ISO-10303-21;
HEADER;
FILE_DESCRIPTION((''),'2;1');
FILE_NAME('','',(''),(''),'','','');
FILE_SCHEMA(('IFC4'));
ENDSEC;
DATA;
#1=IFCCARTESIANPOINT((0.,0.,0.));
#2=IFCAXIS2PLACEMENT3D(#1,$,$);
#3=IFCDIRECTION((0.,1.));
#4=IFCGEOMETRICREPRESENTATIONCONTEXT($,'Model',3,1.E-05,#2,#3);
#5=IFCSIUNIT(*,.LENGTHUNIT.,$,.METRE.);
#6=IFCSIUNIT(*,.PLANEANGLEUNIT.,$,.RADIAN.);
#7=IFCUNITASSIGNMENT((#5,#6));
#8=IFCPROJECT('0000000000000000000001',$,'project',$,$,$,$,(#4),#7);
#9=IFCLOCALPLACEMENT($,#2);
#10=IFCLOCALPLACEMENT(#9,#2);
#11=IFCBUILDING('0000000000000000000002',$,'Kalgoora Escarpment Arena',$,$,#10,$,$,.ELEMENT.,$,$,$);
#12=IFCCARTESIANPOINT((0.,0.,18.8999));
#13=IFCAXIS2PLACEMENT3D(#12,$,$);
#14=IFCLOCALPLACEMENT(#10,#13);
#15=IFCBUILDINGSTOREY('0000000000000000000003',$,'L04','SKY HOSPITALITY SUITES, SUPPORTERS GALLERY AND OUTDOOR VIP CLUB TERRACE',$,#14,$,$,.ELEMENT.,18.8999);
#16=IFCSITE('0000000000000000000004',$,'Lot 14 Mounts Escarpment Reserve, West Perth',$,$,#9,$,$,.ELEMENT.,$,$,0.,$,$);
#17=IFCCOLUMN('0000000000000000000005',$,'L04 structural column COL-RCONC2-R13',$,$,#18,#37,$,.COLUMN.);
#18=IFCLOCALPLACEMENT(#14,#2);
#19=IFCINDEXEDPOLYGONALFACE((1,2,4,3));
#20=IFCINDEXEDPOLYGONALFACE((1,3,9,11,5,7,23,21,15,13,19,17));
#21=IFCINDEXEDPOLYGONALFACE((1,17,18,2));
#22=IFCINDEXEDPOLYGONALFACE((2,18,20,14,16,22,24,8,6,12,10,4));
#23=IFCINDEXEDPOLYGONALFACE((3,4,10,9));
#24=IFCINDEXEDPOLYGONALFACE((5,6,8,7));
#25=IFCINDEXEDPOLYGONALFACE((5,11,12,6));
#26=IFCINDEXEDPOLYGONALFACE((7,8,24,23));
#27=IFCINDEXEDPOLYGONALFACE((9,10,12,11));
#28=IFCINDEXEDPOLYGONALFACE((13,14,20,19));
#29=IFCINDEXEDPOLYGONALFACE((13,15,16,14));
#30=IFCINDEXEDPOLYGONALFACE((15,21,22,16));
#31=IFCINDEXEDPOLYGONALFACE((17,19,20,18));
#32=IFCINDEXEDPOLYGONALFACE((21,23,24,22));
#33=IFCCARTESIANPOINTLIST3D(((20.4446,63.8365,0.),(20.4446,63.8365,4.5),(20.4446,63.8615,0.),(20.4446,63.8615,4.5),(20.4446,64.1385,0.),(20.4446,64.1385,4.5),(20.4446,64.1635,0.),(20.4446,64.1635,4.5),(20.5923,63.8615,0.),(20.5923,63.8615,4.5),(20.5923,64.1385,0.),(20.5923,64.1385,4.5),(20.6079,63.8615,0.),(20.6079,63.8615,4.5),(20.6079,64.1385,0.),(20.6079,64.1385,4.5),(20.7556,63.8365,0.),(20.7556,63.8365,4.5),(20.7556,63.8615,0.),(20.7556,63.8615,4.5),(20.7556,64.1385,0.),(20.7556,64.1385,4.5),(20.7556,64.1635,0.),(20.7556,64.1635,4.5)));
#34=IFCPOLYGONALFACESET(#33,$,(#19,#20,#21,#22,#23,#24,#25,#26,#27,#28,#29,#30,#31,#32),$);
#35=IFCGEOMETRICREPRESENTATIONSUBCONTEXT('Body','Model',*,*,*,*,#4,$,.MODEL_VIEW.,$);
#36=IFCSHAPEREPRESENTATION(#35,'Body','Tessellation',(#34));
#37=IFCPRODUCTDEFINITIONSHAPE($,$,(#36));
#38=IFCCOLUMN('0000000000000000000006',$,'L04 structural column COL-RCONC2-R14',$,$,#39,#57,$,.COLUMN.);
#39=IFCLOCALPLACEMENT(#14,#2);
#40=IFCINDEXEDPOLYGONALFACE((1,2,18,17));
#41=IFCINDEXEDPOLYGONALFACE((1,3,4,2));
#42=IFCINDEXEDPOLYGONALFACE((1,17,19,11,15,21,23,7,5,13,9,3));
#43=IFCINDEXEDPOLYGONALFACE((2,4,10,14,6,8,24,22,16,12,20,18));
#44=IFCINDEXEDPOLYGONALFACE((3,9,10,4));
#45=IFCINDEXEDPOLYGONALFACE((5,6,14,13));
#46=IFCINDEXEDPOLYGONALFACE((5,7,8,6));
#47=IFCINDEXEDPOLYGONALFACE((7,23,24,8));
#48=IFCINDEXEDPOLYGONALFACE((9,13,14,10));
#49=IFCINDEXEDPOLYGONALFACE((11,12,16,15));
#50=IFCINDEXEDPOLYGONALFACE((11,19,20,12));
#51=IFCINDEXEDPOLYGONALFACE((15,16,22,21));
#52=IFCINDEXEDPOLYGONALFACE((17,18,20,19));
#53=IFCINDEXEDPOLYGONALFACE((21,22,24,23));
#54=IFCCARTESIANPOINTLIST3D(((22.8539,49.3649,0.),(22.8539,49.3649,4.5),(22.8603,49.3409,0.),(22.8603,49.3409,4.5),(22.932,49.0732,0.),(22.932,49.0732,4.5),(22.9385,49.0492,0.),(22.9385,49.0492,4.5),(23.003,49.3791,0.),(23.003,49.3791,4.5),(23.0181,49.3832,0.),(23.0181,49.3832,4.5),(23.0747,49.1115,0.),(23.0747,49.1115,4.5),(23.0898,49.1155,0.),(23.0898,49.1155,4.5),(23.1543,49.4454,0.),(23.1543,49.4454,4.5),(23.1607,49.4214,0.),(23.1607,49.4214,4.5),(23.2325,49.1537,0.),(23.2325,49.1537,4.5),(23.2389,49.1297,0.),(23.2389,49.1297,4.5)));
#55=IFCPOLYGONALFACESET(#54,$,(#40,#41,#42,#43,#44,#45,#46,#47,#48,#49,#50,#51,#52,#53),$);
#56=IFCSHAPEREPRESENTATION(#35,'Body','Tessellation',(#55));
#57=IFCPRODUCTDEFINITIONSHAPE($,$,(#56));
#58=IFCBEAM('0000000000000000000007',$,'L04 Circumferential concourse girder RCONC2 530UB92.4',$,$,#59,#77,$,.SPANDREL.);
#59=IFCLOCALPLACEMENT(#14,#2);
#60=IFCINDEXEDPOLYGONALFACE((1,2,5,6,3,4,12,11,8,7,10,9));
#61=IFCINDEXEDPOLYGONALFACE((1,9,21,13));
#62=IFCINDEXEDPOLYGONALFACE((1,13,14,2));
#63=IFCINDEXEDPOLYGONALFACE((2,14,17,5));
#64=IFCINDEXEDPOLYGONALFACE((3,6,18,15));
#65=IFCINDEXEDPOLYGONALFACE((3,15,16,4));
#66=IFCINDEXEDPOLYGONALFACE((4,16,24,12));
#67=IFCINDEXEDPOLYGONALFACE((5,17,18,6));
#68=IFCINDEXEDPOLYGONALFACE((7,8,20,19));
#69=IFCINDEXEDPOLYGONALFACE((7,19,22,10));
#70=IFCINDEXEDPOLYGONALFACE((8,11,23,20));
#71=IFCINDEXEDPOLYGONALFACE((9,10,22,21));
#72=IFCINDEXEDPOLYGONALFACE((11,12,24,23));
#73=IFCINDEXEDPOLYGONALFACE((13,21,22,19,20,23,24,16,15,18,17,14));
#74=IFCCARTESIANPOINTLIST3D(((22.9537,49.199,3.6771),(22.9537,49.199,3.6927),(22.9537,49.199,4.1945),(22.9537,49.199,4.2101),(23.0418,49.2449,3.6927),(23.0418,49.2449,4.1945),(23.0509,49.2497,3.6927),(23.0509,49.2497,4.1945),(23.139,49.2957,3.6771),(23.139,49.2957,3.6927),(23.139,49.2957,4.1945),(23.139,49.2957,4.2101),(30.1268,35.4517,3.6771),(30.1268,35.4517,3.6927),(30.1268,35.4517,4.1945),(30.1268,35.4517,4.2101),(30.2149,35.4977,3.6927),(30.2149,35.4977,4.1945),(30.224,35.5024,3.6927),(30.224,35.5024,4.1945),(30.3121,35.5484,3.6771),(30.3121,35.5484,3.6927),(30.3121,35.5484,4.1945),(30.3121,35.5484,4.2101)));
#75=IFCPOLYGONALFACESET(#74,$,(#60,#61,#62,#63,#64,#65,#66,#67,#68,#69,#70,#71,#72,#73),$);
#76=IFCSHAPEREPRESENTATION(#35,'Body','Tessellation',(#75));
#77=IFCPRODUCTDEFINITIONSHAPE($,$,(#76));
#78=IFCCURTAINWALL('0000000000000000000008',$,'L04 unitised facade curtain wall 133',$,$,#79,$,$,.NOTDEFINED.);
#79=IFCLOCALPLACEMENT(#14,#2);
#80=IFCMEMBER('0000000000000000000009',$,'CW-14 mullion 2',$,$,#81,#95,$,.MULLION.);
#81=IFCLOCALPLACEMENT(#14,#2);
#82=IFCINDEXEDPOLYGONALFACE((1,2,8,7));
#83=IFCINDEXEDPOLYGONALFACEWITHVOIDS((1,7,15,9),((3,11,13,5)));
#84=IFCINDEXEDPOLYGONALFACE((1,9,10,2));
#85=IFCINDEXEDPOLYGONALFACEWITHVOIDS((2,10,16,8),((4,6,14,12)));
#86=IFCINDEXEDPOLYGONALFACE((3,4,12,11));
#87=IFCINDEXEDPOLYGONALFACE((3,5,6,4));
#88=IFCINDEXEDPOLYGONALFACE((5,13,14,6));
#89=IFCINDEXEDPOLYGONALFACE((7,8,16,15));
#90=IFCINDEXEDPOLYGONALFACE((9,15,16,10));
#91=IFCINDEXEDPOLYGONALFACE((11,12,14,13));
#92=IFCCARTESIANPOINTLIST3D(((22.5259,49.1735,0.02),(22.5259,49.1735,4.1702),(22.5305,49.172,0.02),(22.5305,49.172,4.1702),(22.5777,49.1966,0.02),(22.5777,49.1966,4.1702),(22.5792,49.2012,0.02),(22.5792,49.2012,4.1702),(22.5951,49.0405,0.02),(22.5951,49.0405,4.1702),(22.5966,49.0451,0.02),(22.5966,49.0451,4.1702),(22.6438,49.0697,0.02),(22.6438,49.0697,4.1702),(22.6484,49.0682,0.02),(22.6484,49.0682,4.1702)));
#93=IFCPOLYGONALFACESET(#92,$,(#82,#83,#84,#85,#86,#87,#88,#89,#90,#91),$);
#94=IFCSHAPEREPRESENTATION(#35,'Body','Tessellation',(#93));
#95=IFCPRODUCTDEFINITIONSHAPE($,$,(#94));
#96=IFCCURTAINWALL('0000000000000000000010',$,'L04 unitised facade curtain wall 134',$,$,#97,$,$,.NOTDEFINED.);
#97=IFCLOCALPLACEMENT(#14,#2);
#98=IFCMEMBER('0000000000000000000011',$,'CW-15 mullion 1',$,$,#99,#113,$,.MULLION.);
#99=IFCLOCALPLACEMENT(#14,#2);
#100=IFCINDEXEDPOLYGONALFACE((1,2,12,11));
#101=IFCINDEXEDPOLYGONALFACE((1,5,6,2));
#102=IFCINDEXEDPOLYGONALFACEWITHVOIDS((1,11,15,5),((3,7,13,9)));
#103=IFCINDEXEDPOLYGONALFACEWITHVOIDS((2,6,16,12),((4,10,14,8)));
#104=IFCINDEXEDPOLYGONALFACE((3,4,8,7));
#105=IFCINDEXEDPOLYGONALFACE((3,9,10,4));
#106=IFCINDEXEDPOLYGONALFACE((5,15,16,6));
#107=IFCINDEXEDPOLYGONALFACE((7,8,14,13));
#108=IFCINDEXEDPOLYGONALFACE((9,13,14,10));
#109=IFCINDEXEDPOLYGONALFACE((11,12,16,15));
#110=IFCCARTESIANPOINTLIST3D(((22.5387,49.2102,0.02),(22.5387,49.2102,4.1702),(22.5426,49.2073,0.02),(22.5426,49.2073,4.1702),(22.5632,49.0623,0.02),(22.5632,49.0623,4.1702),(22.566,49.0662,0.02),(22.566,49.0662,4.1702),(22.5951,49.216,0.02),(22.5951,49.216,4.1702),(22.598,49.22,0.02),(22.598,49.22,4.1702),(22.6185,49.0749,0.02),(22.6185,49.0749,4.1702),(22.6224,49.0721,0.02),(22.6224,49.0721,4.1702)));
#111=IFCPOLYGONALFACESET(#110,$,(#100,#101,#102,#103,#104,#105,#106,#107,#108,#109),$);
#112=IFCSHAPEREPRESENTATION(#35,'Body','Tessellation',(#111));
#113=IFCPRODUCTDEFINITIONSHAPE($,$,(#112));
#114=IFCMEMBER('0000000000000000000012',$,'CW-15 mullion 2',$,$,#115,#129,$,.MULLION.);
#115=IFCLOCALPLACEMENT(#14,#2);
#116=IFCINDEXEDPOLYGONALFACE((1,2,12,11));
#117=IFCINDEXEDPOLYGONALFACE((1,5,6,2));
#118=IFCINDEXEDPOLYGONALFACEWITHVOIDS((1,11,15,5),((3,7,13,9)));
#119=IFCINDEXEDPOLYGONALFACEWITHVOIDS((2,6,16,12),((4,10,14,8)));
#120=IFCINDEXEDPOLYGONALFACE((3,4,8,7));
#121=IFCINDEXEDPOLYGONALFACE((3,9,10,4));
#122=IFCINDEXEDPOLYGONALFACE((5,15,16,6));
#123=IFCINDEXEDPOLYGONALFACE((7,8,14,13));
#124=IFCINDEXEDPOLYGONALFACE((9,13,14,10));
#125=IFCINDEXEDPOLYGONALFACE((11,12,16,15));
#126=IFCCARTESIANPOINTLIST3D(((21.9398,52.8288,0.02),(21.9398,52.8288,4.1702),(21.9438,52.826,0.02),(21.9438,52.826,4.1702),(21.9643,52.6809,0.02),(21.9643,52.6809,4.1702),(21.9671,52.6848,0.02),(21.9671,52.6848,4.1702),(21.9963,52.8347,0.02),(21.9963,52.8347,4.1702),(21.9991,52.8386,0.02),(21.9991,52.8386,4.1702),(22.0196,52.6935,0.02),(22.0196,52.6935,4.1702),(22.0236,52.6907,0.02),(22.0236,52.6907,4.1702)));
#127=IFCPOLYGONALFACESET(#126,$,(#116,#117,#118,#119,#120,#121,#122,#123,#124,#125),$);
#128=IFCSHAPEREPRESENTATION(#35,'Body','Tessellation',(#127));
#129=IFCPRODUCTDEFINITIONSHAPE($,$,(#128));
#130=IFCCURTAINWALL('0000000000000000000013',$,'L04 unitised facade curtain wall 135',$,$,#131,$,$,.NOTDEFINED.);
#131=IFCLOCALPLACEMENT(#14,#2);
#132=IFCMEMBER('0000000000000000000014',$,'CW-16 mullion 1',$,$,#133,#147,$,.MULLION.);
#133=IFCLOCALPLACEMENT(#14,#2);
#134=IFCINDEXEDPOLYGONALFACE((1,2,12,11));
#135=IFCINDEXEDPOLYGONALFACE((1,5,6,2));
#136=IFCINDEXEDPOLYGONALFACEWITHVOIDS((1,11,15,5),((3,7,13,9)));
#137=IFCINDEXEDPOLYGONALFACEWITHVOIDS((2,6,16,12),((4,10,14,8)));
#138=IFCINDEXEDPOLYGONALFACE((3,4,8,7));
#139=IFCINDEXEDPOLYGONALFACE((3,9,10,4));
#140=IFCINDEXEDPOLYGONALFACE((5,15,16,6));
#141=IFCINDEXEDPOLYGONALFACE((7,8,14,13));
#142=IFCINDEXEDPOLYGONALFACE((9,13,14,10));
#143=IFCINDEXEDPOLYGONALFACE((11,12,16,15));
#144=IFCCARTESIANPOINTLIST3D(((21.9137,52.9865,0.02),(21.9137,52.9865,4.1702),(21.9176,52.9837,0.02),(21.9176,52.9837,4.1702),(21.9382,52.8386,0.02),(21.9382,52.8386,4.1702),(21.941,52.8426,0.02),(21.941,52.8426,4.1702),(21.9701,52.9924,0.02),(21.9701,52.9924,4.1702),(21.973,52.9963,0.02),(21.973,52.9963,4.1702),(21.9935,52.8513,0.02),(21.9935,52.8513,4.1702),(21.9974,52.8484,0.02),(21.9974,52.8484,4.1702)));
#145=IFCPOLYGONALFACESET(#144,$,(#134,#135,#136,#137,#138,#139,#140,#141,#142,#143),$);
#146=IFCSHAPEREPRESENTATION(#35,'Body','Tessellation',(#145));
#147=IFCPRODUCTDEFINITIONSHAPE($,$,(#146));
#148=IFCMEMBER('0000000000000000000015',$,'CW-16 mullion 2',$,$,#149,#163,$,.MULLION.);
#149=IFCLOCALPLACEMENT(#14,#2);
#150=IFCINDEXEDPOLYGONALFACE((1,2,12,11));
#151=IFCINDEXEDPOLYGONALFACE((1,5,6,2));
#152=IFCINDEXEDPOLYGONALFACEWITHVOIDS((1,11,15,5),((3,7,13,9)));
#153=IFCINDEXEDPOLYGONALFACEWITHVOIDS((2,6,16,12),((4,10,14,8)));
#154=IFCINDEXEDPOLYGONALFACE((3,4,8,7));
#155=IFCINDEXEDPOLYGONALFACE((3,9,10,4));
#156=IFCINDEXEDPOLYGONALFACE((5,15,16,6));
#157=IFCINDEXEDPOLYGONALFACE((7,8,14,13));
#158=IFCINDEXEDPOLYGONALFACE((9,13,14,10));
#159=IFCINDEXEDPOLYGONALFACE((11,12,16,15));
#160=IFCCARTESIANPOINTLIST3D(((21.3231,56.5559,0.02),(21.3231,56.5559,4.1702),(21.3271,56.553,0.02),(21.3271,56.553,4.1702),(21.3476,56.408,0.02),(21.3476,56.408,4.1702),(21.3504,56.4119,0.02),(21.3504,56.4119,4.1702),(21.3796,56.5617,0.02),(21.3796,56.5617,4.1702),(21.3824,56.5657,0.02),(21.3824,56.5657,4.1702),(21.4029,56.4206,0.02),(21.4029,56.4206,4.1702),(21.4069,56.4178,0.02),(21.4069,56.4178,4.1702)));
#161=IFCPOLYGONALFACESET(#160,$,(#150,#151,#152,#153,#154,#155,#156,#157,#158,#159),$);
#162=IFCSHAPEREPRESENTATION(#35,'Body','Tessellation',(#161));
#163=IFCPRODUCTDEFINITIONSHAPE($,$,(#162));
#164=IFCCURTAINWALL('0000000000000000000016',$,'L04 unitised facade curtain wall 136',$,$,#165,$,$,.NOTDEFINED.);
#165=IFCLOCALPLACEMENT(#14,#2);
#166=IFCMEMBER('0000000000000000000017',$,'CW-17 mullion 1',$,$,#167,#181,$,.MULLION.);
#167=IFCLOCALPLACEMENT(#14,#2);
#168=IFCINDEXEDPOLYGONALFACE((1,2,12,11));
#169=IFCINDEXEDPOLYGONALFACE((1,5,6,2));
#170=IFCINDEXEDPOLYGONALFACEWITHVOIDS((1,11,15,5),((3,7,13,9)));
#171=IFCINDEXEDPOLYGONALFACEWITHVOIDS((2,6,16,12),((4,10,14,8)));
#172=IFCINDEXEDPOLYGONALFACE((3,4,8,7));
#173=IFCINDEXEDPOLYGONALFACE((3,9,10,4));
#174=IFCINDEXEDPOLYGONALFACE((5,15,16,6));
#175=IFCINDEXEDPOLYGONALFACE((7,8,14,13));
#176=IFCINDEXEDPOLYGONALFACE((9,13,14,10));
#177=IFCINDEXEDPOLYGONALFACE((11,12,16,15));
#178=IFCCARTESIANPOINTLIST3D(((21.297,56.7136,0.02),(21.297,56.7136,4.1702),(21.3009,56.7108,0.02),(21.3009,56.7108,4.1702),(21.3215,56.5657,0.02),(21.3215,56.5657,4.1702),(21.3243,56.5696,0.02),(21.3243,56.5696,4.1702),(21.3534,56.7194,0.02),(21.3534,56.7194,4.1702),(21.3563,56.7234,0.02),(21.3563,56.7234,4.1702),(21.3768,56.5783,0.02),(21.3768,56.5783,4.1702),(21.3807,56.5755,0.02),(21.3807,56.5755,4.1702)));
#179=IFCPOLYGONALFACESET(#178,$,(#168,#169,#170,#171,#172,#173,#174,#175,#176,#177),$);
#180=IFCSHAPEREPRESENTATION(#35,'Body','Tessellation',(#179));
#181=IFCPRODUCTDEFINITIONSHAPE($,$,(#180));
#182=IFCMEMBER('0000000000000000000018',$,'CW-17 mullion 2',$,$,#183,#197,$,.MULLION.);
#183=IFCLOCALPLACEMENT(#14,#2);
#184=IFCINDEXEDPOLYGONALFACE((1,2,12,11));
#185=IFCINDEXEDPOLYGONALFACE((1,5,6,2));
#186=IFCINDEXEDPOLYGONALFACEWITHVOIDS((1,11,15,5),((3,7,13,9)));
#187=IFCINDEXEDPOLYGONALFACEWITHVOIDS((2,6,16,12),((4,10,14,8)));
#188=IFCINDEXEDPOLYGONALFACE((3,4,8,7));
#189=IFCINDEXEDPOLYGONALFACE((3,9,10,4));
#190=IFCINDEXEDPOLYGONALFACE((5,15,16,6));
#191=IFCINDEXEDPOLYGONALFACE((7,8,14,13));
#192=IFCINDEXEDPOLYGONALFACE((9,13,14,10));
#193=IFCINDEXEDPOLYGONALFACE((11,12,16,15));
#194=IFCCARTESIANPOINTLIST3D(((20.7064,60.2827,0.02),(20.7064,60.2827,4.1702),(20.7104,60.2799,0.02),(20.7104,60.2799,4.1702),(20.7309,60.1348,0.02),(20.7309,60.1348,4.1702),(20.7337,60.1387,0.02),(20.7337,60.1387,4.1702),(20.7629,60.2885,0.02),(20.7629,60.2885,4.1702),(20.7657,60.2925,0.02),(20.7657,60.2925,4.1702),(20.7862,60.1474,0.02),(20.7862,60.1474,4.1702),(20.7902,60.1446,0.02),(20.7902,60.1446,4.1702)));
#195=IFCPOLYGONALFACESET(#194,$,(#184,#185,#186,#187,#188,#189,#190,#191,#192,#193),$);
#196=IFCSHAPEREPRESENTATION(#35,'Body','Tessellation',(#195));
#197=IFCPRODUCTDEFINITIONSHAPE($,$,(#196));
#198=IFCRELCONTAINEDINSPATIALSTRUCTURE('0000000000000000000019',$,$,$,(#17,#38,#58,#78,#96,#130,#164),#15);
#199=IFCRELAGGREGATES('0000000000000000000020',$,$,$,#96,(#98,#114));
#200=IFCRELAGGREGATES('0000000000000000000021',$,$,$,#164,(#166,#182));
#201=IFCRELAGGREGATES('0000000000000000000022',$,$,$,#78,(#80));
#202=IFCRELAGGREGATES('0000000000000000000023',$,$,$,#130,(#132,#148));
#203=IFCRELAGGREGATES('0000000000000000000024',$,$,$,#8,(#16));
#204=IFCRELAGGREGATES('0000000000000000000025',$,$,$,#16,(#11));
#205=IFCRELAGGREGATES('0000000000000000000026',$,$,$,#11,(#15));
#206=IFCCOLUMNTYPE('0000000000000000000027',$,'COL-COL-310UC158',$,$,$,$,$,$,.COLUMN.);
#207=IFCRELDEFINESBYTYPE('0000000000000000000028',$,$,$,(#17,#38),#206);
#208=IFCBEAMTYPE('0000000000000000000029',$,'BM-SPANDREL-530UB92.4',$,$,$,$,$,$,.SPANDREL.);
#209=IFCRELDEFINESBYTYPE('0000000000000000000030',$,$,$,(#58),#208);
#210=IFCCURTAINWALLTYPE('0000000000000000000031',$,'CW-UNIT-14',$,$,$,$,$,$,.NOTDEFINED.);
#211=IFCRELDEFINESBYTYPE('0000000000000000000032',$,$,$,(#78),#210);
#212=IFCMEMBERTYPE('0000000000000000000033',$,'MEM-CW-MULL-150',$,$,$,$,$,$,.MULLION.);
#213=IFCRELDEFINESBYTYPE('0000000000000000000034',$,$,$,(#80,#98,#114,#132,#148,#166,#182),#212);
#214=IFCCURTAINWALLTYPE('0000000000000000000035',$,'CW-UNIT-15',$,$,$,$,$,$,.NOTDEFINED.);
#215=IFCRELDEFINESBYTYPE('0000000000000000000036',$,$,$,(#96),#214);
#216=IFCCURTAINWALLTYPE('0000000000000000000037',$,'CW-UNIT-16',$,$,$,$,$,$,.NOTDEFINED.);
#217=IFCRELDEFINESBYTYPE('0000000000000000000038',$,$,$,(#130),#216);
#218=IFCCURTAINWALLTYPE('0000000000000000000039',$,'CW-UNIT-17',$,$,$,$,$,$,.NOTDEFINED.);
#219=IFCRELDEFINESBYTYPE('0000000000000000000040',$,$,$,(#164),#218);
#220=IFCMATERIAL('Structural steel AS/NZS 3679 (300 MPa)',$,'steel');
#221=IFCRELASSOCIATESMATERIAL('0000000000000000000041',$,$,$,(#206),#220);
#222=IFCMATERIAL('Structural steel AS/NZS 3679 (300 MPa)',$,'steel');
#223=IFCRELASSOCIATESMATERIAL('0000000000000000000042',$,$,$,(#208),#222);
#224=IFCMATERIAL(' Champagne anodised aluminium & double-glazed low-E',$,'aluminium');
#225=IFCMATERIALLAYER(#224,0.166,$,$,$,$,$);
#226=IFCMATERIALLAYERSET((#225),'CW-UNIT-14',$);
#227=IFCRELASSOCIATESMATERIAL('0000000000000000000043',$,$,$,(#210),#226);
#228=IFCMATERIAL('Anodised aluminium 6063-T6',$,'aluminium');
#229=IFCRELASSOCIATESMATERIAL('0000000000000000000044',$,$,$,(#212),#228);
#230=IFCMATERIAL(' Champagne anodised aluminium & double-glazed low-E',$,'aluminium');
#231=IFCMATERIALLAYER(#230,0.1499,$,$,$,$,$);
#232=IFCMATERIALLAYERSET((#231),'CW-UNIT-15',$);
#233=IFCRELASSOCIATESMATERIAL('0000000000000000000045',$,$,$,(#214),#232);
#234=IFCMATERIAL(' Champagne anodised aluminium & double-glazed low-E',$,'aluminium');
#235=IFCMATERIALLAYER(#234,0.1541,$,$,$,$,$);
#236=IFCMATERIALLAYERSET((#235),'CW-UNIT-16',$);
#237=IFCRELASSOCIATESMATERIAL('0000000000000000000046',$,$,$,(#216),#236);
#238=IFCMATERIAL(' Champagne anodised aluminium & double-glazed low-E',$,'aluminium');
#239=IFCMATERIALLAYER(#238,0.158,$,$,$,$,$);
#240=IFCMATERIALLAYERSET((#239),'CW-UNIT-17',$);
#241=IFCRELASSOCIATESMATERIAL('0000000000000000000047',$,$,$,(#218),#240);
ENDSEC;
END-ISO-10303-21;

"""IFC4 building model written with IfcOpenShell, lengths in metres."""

from ifc_helpers import new_model, si_unit, direction, frame, origin, origin_2d, place, context, subcontext, project, spatial, hollow_rectangle, i_section, extrude, material, layer, layer_set, material_profile, profile_set, type_object, element, aggregate, save


model = new_model("IFC4")

# Units and contexts
model_context = context("Model", 3, precision=1e-05, world=origin(), true_north=direction((0.0, 1.0)))
body_context = subcontext(model_context, "Body", "Model", "MODEL_VIEW")
ifc_project = project(units=[si_unit("LENGTHUNIT", "METRE"), si_unit("PLANEANGLEUNIT", "RADIAN")], contexts=[model_context])

# Site, building, storey
site_placement = place(None, origin())
site = spatial("IfcSite", under=ifc_project, at=site_placement, Name="Lot 14 Mounts Escarpment Reserve, West Perth", CompositionType="ELEMENT", RefElevation=0.0)
building_placement = place(site_placement, origin())
building = spatial("IfcBuilding", under=site, at=building_placement, Name="Kalgoora Escarpment Arena", CompositionType="ELEMENT")
storey_placement = place(building_placement, frame((0.0, 0.0, 18.8999)))
storey = spatial("IfcBuildingStorey", under=building, at=storey_placement, Name="L04", Description="SKY HOSPITALITY SUITES, SUPPORTERS GALLERY AND OUTDOOR VIP CLUB TERRACE", CompositionType="ELEMENT", Elevation=18.8999)

# Columns
ifc_material_1 = material(Name="Structural steel AS/NZS 3679 (300 MPa)", Category="steel")
ifc_material_profile_1 = material_profile(ifc_material_1, i_section(OverallWidth=0.311, OverallDepth=0.3269, WebThickness=0.0156, FlangeThickness=0.0249, at=origin_2d()))
ifc_profile_set_1 = profile_set([ifc_material_profile_1], Name="Structural steel AS/NZS 3679 (300 MPa)")
column_type = type_object("IfcColumnType", Name="COL-COL-310UC158", PredefinedType="COLUMN", material=ifc_profile_set_1)
for number, where, z_axis, x_axis, name in (
    (1, (20.6001, 64.0, 0.0), (0.0, 0.0, 1.0), (-1.0, 0.0, 0.0), "L04 structural column COL-RCONC2-R13"),
    (2, (23.0464, 49.2473, 0.0), (0.0, 0.0, 1.0), (-0.965926, -0.258819, 0.0), "L04 structural column COL-RCONC2-R14"),
):
    element("IfcColumn", number, at=place(storey_placement, frame(where, z_axis=z_axis, x_axis=x_axis)), inside=storey, type_object=column_type, Name=name, PredefinedType="COLUMN", context=body_context, shape_type="SweptSolid", body=[
        extrude(i_section(OverallWidth=0.311, OverallDepth=0.3269, WebThickness=0.0156, FlangeThickness=0.0249, at=origin_2d()), origin(), (0.0, 0.0, 1.0), 4.5),
    ])

# Beam
ifc_material_2 = material(Name="Structural steel AS/NZS 3679 (300 MPa)", Category="steel")
ifc_material_profile_2 = material_profile(ifc_material_2, i_section(OverallWidth=0.209, OverallDepth=0.533, WebThickness=0.0103, FlangeThickness=0.0156, at=origin_2d()))
ifc_profile_set_2 = profile_set([ifc_material_profile_2], Name="Structural steel AS/NZS 3679 (300 MPa)")
beam_type = type_object("IfcBeamType", Name="BM-SPANDREL-530UB92.4", PredefinedType="SPANDREL", material=ifc_profile_set_2)
beam_placement = place(storey_placement, frame((23.0464, 49.2473, 3.9436), z_axis=(0.462596, -0.886569, 0.0), x_axis=(0.886569, 0.462596, 0.0)))
element("IfcBeam", 3, at=beam_placement, inside=storey, type_object=beam_type, Name="L04 Circumferential concourse girder RCONC2 530UB92.4", PredefinedType="SPANDREL", context=body_context, shape_type="SweptSolid", body=[
    extrude(i_section(OverallWidth=0.209, OverallDepth=0.533, WebThickness=0.0103, FlangeThickness=0.0156, at=origin_2d()), origin(), (0.0, 0.0, 1.0), 15.5061),
])

# Curtain wall, member
ifc_material_3 = material(Name=" Champagne anodised aluminium & double-glazed low-E", Category="aluminium")
ifc_layer_1 = layer(ifc_material_3, 0.166)
ifc_layer_set_1 = layer_set([ifc_layer_1], Name="CW-UNIT-14")
curtain_wall_type_1 = type_object("IfcCurtainWallType", Name="CW-UNIT-14", PredefinedType="NOTDEFINED", material=ifc_layer_set_1)
curtain_wall_1_placement = place(storey_placement, origin())
curtain_wall_1 = element("IfcCurtainWall", 4, at=curtain_wall_1_placement, inside=storey, type_object=curtain_wall_type_1, Name="L04 unitised facade curtain wall 133", PredefinedType="NOTDEFINED")
ifc_material_4 = material(Name="Anodised aluminium 6063-T6", Category="aluminium")
ifc_material_profile_3 = material_profile(ifc_material_4, hollow_rectangle(XDim=0.0601, YDim=0.1499, WallThickness=0.0034, at=origin_2d()))
ifc_profile_set_3 = profile_set([ifc_material_profile_3], Name="Anodised aluminium 6063-T6")
member_type_1 = type_object("IfcMemberType", Name="MEM-CW-MULL-150", PredefinedType="MULLION", material=ifc_profile_set_3)
member_1_placement = place(storey_placement, frame((22.5872, 49.1208, 0.02), z_axis=(0.0, 0.0, 1.0), x_axis=(-0.886981, -0.461806, 0.0)))
member_1 = element("IfcMember", 5, at=member_1_placement, type_object=member_type_1, Name="CW-14 mullion 2", PredefinedType="MULLION", context=body_context, shape_type="SweptSolid", body=[
    extrude(hollow_rectangle(XDim=0.0601, YDim=0.1499, WallThickness=0.0034, at=origin_2d()), origin(), (0.0, 0.0, 1.0), 4.1501),
])

# Curtain walls, members
ifc_material_5 = material(Name=" Champagne anodised aluminium & double-glazed low-E", Category="aluminium")
ifc_layer_2 = layer(ifc_material_5, 0.1499)
ifc_layer_set_2 = layer_set([ifc_layer_2], Name="CW-UNIT-15")
curtain_wall_type_2 = type_object("IfcCurtainWallType", Name="CW-UNIT-15", PredefinedType="NOTDEFINED", material=ifc_layer_set_2)
curtain_wall_2_placement = place(storey_placement, origin())
curtain_wall_2 = element("IfcCurtainWall", 6, at=curtain_wall_2_placement, inside=storey, type_object=curtain_wall_type_2, Name="L04 unitised facade curtain wall 134", PredefinedType="NOTDEFINED")
member_2_placement = place(storey_placement, frame((22.5806, 49.1411, 0.02), z_axis=(0.0, 0.0, 1.0), x_axis=(-0.986583, -0.163263, 0.0)))
member_2 = element("IfcMember", 7, at=member_2_placement, type_object=member_type_1, Name="CW-15 mullion 1", PredefinedType="MULLION", context=body_context, shape_type="SweptSolid", body=[
    extrude(hollow_rectangle(XDim=0.0601, YDim=0.1499, WallThickness=0.0034, at=origin_2d()), origin(), (0.0, 0.0, 1.0), 4.1501),
])
member_3_placement = place(storey_placement, frame((21.9817, 52.7598, 0.02), z_axis=(0.0, 0.0, 1.0), x_axis=(-0.986583, -0.163263, 0.0)))
member_3 = element("IfcMember", 8, at=member_3_placement, type_object=member_type_1, Name="CW-15 mullion 2", PredefinedType="MULLION", context=body_context, shape_type="SweptSolid", body=[
    extrude(hollow_rectangle(XDim=0.0601, YDim=0.1499, WallThickness=0.0034, at=origin_2d()), origin(), (0.0, 0.0, 1.0), 4.1501),
])
ifc_material_6 = material(Name=" Champagne anodised aluminium & double-glazed low-E", Category="aluminium")
ifc_layer_3 = layer(ifc_material_6, 0.1541)
ifc_layer_set_3 = layer_set([ifc_layer_3], Name="CW-UNIT-16")
curtain_wall_type_3 = type_object("IfcCurtainWallType", Name="CW-UNIT-16", PredefinedType="NOTDEFINED", material=ifc_layer_set_3)
curtain_wall_3_placement = place(storey_placement, origin())
curtain_wall_3 = element("IfcCurtainWall", 9, at=curtain_wall_3_placement, inside=storey, type_object=curtain_wall_type_3, Name="L04 unitised facade curtain wall 135", PredefinedType="NOTDEFINED")
member_4_placement = place(storey_placement, frame((21.9556, 52.9175, 0.02), z_axis=(0.0, 0.0, 1.0), x_axis=(-0.986584, -0.163252, 0.0)))
member_4 = element("IfcMember", 10, at=member_4_placement, type_object=member_type_1, Name="CW-16 mullion 1", PredefinedType="MULLION", context=body_context, shape_type="SweptSolid", body=[
    extrude(hollow_rectangle(XDim=0.0601, YDim=0.1499, WallThickness=0.0034, at=origin_2d()), origin(), (0.0, 0.0, 1.0), 4.1501),
])
member_5_placement = place(storey_placement, frame((21.365, 56.4868, 0.02), z_axis=(0.0, 0.0, 1.0), x_axis=(-0.986584, -0.163252, 0.0)))
member_5 = element("IfcMember", 11, at=member_5_placement, type_object=member_type_1, Name="CW-16 mullion 2", PredefinedType="MULLION", context=body_context, shape_type="SweptSolid", body=[
    extrude(hollow_rectangle(XDim=0.0601, YDim=0.1499, WallThickness=0.0034, at=origin_2d()), origin(), (0.0, 0.0, 1.0), 4.1501),
])
ifc_material_7 = material(Name=" Champagne anodised aluminium & double-glazed low-E", Category="aluminium")
ifc_layer_4 = layer(ifc_material_7, 0.158)
ifc_layer_set_4 = layer_set([ifc_layer_4], Name="CW-UNIT-17")
curtain_wall_type_4 = type_object("IfcCurtainWallType", Name="CW-UNIT-17", PredefinedType="NOTDEFINED", material=ifc_layer_set_4)
curtain_wall_4_placement = place(storey_placement, origin())
curtain_wall_4 = element("IfcCurtainWall", 12, at=curtain_wall_4_placement, inside=storey, type_object=curtain_wall_type_4, Name="L04 unitised facade curtain wall 136", PredefinedType="NOTDEFINED")
member_6_placement = place(storey_placement, frame((21.3389, 56.6445, 0.02), z_axis=(0.0, 0.0, 1.0), x_axis=(-0.986584, -0.163252, 0.0)))
member_6 = element("IfcMember", 13, at=member_6_placement, type_object=member_type_1, Name="CW-17 mullion 1", PredefinedType="MULLION", context=body_context, shape_type="SweptSolid", body=[
    extrude(hollow_rectangle(XDim=0.0601, YDim=0.1499, WallThickness=0.0034, at=origin_2d()), origin(), (0.0, 0.0, 1.0), 4.1501),
])
member_7_placement = place(storey_placement, frame((20.7483, 60.2136, 0.02), z_axis=(0.0, 0.0, 1.0), x_axis=(-0.986584, -0.163252, 0.0)))
member_7 = element("IfcMember", 14, at=member_7_placement, type_object=member_type_1, Name="CW-17 mullion 2", PredefinedType="MULLION", context=body_context, shape_type="SweptSolid", body=[
    extrude(hollow_rectangle(XDim=0.0601, YDim=0.1499, WallThickness=0.0034, at=origin_2d()), origin(), (0.0, 0.0, 1.0), 4.1501),
])

aggregate(curtain_wall_2, [member_2, member_3])
aggregate(curtain_wall_4, [member_6, member_7])
aggregate(curtain_wall_1, [member_1])
aggregate(curtain_wall_3, [member_4, member_5])

save(model, "model.ifc")
